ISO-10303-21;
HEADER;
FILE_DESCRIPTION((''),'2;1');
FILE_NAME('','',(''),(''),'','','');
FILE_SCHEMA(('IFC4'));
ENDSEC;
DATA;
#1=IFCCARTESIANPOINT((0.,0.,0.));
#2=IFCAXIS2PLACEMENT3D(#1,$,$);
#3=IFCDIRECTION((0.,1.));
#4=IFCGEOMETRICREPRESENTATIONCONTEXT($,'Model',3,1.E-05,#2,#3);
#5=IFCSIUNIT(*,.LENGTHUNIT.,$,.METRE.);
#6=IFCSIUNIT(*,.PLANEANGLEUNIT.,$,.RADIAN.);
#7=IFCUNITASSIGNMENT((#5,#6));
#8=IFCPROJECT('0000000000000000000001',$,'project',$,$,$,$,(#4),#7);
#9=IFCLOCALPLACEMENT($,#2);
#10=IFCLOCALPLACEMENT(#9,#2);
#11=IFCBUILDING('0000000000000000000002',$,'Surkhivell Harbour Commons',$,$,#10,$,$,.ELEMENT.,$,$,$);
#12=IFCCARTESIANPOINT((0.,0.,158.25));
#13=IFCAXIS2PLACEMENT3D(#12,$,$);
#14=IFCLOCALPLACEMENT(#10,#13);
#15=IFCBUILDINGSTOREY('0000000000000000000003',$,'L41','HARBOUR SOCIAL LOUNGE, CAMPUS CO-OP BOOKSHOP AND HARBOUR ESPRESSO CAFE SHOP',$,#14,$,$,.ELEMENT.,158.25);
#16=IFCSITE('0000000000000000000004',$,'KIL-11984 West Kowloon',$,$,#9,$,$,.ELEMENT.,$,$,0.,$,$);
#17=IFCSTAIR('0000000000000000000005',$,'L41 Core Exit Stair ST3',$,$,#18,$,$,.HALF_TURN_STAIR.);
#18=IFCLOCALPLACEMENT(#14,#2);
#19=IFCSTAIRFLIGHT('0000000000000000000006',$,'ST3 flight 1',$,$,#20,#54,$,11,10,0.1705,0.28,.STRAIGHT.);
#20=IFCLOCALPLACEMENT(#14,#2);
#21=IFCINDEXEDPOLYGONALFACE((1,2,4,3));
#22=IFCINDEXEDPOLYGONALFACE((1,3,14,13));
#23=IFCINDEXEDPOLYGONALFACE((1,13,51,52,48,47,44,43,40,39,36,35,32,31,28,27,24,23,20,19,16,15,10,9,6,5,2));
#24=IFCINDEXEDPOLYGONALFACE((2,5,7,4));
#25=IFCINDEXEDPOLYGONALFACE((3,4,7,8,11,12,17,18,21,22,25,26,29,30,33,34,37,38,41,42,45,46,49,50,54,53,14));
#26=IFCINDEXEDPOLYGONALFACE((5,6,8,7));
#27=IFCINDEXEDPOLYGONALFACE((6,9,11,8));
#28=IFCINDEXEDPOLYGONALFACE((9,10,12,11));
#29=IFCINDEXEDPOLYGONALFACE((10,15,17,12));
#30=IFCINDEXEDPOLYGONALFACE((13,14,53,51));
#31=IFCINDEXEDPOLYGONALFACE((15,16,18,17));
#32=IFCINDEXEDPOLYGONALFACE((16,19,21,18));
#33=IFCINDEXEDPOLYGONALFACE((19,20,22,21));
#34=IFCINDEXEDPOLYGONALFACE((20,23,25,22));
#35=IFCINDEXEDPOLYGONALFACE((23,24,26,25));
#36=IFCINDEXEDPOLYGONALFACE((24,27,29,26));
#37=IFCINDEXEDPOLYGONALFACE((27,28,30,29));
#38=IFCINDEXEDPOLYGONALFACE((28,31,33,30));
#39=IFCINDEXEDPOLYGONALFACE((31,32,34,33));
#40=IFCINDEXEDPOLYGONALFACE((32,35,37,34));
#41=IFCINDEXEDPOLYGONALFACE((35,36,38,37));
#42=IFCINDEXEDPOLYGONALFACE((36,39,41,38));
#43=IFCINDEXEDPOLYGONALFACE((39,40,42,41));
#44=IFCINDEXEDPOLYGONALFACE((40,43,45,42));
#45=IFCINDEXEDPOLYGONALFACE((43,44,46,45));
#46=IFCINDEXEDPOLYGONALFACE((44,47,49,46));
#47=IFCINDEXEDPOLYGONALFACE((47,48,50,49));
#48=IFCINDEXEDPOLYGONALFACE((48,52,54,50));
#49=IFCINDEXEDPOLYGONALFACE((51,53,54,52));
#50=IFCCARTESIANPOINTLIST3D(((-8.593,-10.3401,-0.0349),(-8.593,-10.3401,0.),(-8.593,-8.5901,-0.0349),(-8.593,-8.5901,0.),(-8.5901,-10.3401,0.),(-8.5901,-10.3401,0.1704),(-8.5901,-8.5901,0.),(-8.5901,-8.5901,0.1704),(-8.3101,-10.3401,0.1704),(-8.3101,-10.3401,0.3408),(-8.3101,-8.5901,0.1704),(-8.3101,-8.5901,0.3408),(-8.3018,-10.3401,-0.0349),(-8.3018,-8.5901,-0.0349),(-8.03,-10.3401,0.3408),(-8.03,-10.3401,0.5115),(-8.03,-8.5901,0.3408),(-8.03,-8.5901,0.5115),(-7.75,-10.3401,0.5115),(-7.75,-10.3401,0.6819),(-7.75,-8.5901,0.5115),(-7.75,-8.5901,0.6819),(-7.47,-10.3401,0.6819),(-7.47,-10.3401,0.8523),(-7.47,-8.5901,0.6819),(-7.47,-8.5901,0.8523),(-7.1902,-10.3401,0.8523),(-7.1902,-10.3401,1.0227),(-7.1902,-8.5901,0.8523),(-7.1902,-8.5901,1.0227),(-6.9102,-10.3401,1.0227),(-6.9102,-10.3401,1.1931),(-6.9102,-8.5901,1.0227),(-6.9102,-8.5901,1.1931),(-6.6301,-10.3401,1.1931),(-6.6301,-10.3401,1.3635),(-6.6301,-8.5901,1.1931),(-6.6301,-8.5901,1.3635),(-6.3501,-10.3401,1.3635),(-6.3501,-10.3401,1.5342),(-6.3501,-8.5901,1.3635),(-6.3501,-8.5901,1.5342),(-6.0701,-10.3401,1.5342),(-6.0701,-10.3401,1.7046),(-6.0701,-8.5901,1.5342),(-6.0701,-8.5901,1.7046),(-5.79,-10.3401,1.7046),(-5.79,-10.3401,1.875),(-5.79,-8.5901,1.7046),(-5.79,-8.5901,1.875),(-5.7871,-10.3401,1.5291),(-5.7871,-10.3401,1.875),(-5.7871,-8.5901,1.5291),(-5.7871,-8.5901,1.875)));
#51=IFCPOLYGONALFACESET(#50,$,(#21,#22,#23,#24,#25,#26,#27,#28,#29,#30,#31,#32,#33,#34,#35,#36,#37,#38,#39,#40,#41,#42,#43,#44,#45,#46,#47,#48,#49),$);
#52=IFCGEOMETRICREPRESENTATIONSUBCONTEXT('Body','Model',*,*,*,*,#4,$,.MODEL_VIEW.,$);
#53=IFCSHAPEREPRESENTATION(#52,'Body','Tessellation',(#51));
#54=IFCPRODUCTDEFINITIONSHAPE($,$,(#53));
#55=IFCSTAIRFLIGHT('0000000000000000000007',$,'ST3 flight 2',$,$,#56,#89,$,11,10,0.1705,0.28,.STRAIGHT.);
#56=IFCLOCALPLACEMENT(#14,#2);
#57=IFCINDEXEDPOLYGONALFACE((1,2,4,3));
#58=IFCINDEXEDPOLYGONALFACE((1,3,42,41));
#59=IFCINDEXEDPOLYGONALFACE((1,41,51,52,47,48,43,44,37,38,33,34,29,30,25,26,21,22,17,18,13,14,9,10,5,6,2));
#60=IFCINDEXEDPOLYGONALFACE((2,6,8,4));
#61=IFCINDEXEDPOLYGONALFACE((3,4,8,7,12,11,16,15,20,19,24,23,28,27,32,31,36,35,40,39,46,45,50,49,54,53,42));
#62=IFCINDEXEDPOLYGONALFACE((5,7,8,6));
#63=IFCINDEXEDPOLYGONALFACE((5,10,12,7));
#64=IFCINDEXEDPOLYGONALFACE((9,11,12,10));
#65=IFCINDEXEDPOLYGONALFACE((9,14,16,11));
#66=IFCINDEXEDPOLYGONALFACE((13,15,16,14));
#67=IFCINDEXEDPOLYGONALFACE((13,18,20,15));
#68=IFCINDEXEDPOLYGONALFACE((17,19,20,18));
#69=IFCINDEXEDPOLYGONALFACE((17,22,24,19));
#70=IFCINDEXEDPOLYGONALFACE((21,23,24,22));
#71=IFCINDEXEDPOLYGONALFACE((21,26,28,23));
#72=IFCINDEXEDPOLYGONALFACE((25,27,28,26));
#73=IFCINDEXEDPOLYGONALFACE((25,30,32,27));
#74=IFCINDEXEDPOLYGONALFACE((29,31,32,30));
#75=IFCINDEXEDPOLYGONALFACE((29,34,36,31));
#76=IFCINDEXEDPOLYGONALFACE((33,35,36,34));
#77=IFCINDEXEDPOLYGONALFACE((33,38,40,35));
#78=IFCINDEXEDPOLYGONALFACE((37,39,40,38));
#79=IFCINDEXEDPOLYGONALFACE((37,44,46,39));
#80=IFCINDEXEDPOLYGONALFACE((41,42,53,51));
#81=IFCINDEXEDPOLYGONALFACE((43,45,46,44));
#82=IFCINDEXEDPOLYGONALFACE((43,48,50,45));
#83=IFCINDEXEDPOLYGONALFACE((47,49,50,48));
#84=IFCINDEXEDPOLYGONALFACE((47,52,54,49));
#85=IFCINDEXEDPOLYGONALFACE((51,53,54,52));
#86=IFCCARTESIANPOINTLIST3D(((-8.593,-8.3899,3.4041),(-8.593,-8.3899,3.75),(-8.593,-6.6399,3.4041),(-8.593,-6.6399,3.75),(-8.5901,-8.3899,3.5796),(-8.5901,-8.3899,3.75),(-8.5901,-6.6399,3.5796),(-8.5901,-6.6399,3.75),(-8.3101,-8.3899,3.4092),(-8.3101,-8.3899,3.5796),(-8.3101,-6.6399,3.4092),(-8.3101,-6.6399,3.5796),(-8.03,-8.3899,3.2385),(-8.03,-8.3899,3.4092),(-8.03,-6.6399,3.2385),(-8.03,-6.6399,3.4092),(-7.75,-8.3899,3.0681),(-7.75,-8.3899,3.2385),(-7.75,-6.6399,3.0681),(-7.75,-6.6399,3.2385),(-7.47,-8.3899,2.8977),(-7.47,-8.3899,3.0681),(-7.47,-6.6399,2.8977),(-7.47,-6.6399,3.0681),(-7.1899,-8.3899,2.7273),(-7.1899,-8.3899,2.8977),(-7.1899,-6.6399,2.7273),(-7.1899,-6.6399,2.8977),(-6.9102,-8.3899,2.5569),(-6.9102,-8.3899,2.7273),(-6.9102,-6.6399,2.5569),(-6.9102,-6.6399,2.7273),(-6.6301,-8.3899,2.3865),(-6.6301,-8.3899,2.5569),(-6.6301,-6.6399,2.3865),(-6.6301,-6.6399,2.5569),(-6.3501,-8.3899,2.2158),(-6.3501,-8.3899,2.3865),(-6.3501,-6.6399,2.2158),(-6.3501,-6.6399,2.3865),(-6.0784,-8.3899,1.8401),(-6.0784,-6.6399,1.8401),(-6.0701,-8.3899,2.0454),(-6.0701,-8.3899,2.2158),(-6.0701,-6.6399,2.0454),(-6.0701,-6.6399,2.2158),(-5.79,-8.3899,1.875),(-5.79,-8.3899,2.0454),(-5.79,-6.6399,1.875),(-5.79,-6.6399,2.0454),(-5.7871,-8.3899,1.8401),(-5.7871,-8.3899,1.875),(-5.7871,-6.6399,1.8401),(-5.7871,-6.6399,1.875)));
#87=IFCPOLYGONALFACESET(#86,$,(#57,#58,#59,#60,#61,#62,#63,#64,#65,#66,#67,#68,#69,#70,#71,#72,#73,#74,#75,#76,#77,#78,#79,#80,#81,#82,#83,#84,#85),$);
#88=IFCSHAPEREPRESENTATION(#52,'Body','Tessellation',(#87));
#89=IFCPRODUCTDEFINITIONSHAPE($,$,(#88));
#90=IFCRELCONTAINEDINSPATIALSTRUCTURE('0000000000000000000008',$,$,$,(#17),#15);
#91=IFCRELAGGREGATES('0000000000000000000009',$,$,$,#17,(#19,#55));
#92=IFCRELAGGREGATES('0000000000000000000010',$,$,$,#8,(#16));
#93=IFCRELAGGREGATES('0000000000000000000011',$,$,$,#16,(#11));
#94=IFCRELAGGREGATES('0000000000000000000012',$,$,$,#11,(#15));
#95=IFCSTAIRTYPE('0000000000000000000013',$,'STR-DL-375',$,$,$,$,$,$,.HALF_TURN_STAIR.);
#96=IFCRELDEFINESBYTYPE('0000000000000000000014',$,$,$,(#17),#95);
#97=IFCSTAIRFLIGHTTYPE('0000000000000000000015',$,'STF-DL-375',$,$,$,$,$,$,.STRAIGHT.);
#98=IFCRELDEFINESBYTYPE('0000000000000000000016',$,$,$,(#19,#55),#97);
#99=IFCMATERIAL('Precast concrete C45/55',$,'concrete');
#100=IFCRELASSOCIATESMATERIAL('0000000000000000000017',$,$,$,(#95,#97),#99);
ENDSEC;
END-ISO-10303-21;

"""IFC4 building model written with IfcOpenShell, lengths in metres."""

from ifc_helpers import new_model, si_unit, direction, frame, origin, place, context, subcontext, project, spatial, polyline, outline, extrude, material, type_object, element, aggregate, save


model = new_model("IFC4")

# Units and contexts
model_context = context("Model", 3, precision=1e-05, world=origin(), true_north=direction((0.0, 1.0)))
body_context = subcontext(model_context, "Body", "Model", "MODEL_VIEW")
ifc_project = project(units=[si_unit("LENGTHUNIT", "METRE"), si_unit("PLANEANGLEUNIT", "RADIAN")], contexts=[model_context])

# Site, building, storey
site_placement = place(None, origin())
site = spatial("IfcSite", under=ifc_project, at=site_placement, Name="KIL-11984 West Kowloon", CompositionType="ELEMENT", RefElevation=0.0)
building_placement = place(site_placement, origin())
building = spatial("IfcBuilding", under=site, at=building_placement, Name="Surkhivell Harbour Commons", CompositionType="ELEMENT")
storey_placement = place(building_placement, frame((0.0, 0.0, 158.25)))
storey = spatial("IfcBuildingStorey", under=building, at=storey_placement, Name="L41", Description="HARBOUR SOCIAL LOUNGE, CAMPUS CO-OP BOOKSHOP AND HARBOUR ESPRESSO CAFE SHOP", CompositionType="ELEMENT", Elevation=158.25)

# Stair, stair flights
ifc_material_1 = material(Name="Precast concrete C45/55", Category="concrete")
stair_type = type_object("IfcStairType", Name="STR-DL-375", PredefinedType="HALF_TURN_STAIR", material=ifc_material_1)
stair_placement = place(storey_placement, origin())
stair = element("IfcStair", 1, at=stair_placement, inside=storey, type_object=stair_type, Name="L41 Core Exit Stair ST3", PredefinedType="HALF_TURN_STAIR")
stair_flight_type = type_object("IfcStairFlightType", Name="STF-DL-375", PredefinedType="STRAIGHT", material=ifc_material_1)
stair_flight_1_placement = place(storey_placement, frame((-8.5901, -9.4651, 0.0), z_axis=(0.0, 0.0, 1.0), x_axis=(1.0, 0.0, 0.0)))
stair_flight_1 = element("IfcStairFlight", 2, at=stair_flight_1_placement, type_object=stair_flight_type, Name="ST3 flight 1", NumberOfRisers=11, NumberOfTreads=10, PredefinedType="STRAIGHT", RiserHeight=0.1705, TreadLength=0.28, context=body_context, shape_type="SweptSolid", body=[
    extrude(outline(polyline([(-0.0029, -0.0349), (-0.0029, 0.0), (0.0, 0.0), (0.0, 0.1704), (0.28, 0.1704), (0.28, 0.3408), (0.5601, 0.3408), (0.5601, 0.5115), (0.8401, 0.5115), (0.8401, 0.6819), (1.1201, 0.6819), (1.1201, 0.8523), (1.3999, 0.8523), (1.3999, 1.0227), (1.6799, 1.0227), (1.6799, 1.1931), (1.96, 1.1931), (1.96, 1.3635), (2.24, 1.3635), (2.24, 1.5342), (2.52, 1.5342), (2.52, 1.7046), (2.8, 1.7046), (2.8, 1.875), (2.803, 1.875), (2.803, 1.5291), (0.2883, -0.0349), (-0.0029, -0.0349)])), frame((0.0, 0.875, 0.0), z_axis=(0.0, -1.0, 0.0), x_axis=(1.0, 0.0, 0.0)), (0.0, 0.0, 1.0), 1.75),
])
stair_flight_2_placement = place(storey_placement, frame((-5.79, -7.5149, 1.875), z_axis=(0.0, 0.0, 1.0), x_axis=(-1.0, 0.0, 0.0)))
stair_flight_2 = element("IfcStairFlight", 3, at=stair_flight_2_placement, type_object=stair_flight_type, Name="ST3 flight 2", NumberOfRisers=11, NumberOfTreads=10, PredefinedType="STRAIGHT", RiserHeight=0.1705, TreadLength=0.28, context=body_context, shape_type="SweptSolid", body=[
    extrude(outline(polyline([(-0.0029, -0.0349), (-0.0029, 0.0), (0.0, 0.0), (0.0, 0.1704), (0.28, 0.1704), (0.28, 0.3408), (0.5601, 0.3408), (0.5601, 0.5115), (0.8401, 0.5115), (0.8401, 0.6819), (1.1201, 0.6819), (1.1201, 0.8523), (1.3999, 0.8523), (1.3999, 1.0227), (1.6799, 1.0227), (1.6799, 1.1931), (1.96, 1.1931), (1.96, 1.3635), (2.24, 1.3635), (2.24, 1.5342), (2.52, 1.5342), (2.52, 1.7046), (2.8, 1.7046), (2.8, 1.875), (2.803, 1.875), (2.803, 1.5291), (0.2883, -0.0349), (-0.0029, -0.0349)])), frame((0.0, 0.875, 0.0), z_axis=(0.0, -1.0, 0.0), x_axis=(1.0, 0.0, 0.0)), (0.0, 0.0, 1.0), 1.75),
])
aggregate(stair, [stair_flight_1, stair_flight_2])

save(model, "model.ifc")
